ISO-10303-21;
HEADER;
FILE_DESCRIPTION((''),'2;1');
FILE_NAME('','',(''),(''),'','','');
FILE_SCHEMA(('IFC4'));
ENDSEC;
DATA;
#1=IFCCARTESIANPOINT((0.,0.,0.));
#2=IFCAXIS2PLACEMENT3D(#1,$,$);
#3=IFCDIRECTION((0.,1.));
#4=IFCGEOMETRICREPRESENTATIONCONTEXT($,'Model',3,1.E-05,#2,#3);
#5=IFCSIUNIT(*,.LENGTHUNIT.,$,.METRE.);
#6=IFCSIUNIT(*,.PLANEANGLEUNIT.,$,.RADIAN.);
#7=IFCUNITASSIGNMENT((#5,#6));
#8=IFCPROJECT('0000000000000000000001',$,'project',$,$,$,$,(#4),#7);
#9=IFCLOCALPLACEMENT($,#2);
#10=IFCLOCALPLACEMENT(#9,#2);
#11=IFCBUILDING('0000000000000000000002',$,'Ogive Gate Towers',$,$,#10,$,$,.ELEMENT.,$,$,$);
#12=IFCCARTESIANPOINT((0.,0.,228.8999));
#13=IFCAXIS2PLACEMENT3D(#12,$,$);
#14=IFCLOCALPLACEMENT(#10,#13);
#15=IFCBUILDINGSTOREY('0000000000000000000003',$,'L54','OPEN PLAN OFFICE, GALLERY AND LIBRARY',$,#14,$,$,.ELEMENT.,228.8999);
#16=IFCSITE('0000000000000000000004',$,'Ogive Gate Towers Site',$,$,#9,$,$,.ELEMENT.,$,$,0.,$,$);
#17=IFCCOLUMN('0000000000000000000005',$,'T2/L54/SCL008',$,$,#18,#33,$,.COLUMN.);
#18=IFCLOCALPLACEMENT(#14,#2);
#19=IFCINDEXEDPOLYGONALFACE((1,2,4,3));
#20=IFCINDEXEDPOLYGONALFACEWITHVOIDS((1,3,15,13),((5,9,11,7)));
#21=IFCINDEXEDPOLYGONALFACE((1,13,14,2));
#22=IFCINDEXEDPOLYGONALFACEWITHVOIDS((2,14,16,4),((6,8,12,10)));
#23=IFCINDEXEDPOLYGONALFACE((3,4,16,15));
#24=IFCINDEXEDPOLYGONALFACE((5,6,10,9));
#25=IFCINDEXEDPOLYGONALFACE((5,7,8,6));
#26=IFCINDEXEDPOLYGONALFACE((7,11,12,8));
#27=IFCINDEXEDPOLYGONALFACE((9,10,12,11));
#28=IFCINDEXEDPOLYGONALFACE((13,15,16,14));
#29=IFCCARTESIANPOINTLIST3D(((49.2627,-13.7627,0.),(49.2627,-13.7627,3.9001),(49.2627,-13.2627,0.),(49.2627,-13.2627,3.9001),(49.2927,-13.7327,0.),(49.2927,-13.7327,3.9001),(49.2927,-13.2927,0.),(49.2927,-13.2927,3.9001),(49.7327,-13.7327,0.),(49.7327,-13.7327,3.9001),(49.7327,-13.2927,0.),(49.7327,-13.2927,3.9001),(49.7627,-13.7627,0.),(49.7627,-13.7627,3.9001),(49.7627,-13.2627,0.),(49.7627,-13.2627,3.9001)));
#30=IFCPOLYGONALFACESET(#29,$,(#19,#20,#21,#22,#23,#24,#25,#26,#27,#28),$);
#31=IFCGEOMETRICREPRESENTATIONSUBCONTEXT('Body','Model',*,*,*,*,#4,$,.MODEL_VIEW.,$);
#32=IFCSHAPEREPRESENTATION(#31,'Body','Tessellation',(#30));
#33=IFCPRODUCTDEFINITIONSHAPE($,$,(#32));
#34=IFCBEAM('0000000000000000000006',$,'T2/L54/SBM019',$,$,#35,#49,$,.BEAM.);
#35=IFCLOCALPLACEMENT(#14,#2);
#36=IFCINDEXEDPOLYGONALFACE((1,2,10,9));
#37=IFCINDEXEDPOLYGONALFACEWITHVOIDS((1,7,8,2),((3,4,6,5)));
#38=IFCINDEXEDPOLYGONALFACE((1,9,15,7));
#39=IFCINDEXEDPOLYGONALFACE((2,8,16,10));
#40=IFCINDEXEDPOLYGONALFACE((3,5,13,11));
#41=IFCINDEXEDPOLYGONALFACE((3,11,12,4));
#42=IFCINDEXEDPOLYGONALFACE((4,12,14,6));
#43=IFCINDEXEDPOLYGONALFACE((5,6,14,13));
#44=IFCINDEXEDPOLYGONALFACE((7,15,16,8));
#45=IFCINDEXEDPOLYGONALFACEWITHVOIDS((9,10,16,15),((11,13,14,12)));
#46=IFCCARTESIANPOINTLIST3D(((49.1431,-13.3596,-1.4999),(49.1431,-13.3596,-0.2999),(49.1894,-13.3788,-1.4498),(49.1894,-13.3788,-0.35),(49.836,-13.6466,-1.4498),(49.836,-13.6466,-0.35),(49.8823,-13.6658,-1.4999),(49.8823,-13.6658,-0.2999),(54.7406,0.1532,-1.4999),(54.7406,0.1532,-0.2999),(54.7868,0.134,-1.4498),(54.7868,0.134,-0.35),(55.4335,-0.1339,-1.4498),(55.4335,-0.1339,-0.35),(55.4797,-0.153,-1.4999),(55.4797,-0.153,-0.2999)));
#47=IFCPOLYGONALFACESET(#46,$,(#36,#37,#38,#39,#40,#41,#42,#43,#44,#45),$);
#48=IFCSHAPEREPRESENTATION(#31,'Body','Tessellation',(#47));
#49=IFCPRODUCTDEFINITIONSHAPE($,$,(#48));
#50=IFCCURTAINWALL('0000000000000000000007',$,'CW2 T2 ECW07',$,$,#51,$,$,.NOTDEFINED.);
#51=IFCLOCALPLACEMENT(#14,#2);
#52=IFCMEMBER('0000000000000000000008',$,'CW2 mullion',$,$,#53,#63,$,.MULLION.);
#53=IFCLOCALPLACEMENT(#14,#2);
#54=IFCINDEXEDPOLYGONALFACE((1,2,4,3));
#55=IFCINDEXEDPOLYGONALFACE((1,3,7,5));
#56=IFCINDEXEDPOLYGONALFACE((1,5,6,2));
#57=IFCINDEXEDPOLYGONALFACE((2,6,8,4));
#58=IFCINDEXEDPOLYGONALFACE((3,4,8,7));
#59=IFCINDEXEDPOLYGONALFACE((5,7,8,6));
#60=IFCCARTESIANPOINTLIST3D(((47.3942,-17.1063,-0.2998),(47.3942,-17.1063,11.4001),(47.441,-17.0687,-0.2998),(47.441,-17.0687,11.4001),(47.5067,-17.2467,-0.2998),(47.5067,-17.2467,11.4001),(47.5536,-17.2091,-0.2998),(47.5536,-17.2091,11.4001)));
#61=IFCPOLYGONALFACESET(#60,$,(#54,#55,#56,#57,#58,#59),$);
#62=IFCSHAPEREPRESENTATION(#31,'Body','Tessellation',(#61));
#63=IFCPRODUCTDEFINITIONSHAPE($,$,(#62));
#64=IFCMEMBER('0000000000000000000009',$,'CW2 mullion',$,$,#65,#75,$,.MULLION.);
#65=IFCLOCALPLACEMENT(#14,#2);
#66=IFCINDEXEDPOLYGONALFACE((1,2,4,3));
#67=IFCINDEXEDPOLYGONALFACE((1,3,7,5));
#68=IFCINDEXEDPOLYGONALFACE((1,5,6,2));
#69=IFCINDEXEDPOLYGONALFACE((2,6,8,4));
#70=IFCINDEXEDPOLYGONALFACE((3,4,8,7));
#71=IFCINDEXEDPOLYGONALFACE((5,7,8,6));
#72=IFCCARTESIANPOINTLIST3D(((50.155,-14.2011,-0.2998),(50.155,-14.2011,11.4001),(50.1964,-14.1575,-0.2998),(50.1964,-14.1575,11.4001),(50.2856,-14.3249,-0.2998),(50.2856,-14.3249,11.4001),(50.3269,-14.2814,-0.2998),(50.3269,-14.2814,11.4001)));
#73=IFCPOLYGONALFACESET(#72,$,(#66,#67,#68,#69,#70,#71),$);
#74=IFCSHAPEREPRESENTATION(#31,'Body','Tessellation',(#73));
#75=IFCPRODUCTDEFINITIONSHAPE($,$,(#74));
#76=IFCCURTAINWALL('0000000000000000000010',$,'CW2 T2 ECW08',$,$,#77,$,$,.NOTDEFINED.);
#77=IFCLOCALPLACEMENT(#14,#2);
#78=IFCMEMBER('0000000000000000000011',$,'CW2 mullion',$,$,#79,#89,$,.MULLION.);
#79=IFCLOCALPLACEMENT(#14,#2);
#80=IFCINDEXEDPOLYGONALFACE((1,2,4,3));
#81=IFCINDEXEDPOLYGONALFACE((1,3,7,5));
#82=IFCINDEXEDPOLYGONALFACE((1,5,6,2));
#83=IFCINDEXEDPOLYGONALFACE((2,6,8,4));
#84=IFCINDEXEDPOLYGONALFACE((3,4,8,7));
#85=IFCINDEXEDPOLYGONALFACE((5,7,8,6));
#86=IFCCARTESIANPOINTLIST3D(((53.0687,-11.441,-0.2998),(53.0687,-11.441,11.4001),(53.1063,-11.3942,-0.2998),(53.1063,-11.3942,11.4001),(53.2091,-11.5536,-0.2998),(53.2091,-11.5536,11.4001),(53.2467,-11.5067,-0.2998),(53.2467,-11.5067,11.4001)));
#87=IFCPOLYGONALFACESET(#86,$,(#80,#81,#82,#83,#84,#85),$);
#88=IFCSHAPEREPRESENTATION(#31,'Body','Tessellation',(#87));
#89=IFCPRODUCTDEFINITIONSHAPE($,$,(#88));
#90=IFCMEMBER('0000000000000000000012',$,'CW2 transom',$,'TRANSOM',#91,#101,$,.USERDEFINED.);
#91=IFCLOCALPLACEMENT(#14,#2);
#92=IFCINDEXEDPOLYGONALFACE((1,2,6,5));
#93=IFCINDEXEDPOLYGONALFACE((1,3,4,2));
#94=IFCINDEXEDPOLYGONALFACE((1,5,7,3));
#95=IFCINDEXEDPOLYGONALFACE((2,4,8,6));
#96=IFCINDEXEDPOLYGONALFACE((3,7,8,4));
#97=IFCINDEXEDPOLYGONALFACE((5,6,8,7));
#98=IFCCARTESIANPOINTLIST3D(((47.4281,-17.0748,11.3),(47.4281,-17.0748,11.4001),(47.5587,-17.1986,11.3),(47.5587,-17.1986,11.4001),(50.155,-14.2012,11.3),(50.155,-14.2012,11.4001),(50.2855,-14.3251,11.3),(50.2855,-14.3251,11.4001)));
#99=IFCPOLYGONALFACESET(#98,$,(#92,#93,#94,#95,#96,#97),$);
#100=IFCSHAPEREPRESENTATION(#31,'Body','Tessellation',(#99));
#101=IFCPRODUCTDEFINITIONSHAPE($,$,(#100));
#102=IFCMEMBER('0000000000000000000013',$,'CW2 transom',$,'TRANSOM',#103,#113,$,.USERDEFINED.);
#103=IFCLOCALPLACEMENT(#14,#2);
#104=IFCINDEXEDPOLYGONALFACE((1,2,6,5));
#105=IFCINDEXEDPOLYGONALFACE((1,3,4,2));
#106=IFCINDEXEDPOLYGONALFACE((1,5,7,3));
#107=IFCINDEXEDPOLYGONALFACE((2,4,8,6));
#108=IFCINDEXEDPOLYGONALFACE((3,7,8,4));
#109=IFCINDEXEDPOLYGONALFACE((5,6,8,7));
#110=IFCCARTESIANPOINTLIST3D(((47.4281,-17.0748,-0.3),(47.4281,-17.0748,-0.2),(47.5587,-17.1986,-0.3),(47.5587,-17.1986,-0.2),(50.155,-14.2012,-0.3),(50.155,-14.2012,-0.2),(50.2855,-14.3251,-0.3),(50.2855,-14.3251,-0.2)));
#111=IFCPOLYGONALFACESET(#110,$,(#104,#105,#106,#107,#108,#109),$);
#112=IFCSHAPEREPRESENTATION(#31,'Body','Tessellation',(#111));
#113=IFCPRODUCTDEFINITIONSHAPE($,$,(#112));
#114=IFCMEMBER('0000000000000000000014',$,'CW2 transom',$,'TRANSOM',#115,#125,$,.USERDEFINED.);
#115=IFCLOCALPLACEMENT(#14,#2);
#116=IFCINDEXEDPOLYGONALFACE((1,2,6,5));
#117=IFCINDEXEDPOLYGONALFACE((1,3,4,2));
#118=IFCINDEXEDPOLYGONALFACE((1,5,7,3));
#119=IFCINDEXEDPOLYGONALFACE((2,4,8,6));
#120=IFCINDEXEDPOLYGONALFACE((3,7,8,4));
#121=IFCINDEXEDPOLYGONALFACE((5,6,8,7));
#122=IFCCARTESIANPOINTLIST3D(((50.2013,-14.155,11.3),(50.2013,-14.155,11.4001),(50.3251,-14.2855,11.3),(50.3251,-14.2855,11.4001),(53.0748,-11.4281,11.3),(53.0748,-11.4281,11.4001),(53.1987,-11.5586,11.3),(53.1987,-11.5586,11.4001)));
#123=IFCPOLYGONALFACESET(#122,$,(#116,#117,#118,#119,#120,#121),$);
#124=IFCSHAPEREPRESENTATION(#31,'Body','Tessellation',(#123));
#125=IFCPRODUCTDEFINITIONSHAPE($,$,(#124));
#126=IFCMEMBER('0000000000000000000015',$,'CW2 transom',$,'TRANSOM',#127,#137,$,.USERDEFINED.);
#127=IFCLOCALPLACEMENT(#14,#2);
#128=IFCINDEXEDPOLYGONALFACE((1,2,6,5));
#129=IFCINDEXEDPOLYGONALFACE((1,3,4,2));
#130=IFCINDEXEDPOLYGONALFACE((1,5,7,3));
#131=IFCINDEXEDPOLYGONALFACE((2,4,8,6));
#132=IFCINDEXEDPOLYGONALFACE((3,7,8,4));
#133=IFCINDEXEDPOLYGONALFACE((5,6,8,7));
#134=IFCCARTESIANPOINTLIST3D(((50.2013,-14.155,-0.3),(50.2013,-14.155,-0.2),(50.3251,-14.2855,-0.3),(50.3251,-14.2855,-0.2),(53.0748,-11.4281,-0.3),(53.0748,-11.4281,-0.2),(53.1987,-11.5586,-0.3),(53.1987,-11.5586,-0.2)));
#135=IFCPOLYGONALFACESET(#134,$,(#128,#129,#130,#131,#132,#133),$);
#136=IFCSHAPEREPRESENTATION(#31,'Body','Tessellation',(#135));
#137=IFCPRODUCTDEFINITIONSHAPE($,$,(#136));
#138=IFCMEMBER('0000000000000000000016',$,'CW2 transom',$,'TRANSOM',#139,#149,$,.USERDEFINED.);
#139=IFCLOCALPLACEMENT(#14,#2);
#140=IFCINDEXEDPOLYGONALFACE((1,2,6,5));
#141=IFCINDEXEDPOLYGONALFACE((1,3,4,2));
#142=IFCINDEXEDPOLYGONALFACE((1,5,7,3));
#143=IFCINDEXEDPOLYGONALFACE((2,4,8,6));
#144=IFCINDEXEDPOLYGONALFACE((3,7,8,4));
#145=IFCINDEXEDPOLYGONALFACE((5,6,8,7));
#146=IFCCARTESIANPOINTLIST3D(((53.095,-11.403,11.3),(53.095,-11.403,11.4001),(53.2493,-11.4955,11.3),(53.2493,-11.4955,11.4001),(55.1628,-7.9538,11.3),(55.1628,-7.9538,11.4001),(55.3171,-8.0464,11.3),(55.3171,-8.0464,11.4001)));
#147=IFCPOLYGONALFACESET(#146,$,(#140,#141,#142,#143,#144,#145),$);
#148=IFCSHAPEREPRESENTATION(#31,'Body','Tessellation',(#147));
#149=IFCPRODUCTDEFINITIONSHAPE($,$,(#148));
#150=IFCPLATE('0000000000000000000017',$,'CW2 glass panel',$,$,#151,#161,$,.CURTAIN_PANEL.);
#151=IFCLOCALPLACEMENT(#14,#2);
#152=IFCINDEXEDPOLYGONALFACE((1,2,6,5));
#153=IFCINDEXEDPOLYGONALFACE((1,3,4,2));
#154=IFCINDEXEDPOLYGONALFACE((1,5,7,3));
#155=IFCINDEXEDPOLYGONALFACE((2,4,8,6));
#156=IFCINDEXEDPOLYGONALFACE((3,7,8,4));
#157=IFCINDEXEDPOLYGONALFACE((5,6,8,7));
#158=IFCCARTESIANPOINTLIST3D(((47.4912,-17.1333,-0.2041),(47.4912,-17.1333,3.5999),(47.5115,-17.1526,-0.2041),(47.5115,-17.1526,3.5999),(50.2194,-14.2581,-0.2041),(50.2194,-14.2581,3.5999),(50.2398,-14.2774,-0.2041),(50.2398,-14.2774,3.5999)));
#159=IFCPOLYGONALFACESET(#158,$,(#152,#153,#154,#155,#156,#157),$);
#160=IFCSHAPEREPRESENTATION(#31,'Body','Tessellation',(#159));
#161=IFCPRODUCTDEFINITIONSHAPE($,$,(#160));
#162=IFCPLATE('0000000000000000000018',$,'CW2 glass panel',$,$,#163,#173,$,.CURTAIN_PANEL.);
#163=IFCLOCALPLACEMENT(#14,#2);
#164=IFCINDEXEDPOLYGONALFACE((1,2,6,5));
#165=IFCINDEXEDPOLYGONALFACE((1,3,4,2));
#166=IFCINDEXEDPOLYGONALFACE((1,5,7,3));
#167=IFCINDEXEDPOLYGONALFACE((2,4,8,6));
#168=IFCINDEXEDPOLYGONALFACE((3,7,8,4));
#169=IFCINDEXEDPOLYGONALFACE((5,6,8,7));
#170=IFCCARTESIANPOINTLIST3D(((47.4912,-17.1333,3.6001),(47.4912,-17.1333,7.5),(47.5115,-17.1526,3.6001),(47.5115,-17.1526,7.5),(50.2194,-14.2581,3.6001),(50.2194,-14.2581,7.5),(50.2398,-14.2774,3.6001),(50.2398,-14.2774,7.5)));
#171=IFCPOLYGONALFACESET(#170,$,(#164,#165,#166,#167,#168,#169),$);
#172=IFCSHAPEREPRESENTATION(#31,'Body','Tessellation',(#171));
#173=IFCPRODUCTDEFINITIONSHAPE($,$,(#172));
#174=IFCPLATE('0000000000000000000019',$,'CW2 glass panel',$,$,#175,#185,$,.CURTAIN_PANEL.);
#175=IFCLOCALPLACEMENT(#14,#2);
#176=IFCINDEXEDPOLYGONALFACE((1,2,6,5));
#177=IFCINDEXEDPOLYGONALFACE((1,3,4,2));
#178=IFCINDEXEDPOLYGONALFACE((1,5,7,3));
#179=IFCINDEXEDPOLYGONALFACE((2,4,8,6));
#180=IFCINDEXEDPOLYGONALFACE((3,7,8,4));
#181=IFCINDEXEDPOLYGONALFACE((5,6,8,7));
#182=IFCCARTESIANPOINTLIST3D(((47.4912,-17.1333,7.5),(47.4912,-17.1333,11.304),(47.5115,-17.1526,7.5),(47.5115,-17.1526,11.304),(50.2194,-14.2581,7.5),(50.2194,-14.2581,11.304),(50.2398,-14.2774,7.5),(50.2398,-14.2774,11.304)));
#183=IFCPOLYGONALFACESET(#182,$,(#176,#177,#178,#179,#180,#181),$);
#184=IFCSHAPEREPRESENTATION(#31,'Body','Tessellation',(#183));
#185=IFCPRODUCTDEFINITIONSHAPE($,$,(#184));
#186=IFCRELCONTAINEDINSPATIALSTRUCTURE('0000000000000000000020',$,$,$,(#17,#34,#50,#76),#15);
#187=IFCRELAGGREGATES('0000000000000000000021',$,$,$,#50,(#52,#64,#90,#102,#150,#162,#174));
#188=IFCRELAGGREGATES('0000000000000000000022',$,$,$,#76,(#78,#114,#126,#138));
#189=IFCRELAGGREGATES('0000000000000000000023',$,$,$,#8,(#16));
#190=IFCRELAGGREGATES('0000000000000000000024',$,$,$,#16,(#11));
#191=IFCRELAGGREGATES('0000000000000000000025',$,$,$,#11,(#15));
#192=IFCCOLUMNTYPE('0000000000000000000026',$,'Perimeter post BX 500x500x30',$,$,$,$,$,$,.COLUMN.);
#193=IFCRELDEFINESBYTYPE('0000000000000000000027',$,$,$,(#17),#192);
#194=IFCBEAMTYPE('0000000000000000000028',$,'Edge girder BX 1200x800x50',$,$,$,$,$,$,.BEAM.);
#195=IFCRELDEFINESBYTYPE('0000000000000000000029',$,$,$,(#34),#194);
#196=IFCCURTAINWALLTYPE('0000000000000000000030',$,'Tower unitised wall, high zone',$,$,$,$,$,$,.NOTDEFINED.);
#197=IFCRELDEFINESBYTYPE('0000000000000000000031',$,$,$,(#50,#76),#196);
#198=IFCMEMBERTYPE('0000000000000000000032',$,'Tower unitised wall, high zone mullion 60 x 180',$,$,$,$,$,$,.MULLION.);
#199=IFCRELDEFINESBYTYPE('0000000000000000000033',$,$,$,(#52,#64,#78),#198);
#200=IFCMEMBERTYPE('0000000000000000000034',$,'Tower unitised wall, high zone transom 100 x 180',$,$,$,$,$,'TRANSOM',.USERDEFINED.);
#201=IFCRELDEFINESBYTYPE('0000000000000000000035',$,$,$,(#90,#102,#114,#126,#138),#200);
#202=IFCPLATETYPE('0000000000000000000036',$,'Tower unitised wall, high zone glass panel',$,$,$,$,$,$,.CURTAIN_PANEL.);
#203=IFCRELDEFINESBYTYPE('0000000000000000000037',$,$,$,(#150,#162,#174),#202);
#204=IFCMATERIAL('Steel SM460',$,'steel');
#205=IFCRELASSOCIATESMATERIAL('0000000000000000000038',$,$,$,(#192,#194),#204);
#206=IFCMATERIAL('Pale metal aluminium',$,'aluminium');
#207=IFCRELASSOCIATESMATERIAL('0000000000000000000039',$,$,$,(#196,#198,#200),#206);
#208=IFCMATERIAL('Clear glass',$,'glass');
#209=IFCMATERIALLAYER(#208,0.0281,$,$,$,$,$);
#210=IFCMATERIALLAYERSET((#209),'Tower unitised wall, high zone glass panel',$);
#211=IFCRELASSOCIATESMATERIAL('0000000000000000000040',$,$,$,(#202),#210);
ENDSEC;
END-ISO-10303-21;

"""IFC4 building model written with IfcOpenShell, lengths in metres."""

from ifc_helpers import new_model, si_unit, direction, frame, origin, origin_2d, place, context, subcontext, project, spatial, rectangle, hollow_rectangle, extrude, material, layer, layer_set, material_profile, profile_set, type_object, element, aggregate, save


model = new_model("IFC4")

# Units and contexts
model_context = context("Model", 3, precision=1e-05, world=origin(), true_north=direction((0.0, 1.0)))
body_context = subcontext(model_context, "Body", "Model", "MODEL_VIEW")
ifc_project = project(units=[si_unit("LENGTHUNIT", "METRE"), si_unit("PLANEANGLEUNIT", "RADIAN")], contexts=[model_context])

# Site, building, storey
site_placement = place(None, origin())
site = spatial("IfcSite", under=ifc_project, at=site_placement, Name="Ogive Gate Towers Site", CompositionType="ELEMENT", RefElevation=0.0)
building_placement = place(site_placement, origin())
building = spatial("IfcBuilding", under=site, at=building_placement, Name="Ogive Gate Towers", CompositionType="ELEMENT")
storey_placement = place(building_placement, frame((0.0, 0.0, 228.8999)))
storey = spatial("IfcBuildingStorey", under=building, at=storey_placement, Name="L54", Description="OPEN PLAN OFFICE, GALLERY AND LIBRARY", CompositionType="ELEMENT", Elevation=228.8999)

# Column
ifc_material_1 = material(Name="Steel SM460", Category="steel")
ifc_material_profile_1 = material_profile(ifc_material_1, hollow_rectangle(XDim=0.5, YDim=0.5, WallThickness=0.03, at=origin_2d()), Name="BX 500x500x30")
ifc_profile_set_1 = profile_set([ifc_material_profile_1], Name="Steel SM460")
column_type = type_object("IfcColumnType", Name="Perimeter post BX 500x500x30", PredefinedType="COLUMN", material=ifc_profile_set_1)
column_placement = place(storey_placement, frame((49.5127, -13.5127, 0.0), z_axis=(0.0, 0.0, 1.0), x_axis=(1.0, 0.0, 0.0)))
element("IfcColumn", 1, at=column_placement, inside=storey, type_object=column_type, Name="T2/L54/SCL008", PredefinedType="COLUMN", context=body_context, shape_type="SweptSolid", body=[
    extrude(hollow_rectangle(XDim=0.5, YDim=0.5, WallThickness=0.03, at=origin_2d()), origin(), (0.0, 0.0, 1.0), 3.9001),
])

# Beam
ifc_material_profile_2 = material_profile(ifc_material_1, hollow_rectangle(XDim=0.8, YDim=1.2, WallThickness=0.05, at=origin_2d()), Name="BX 1200x800x50")
ifc_profile_set_2 = profile_set([ifc_material_profile_2], Name="Steel SM460")
beam_type = type_object("IfcBeamType", Name="Edge girder BX 1200x800x50", PredefinedType="BEAM", material=ifc_profile_set_2)
beam_placement = place(storey_placement, frame((49.5127, -13.5127, -0.8999), z_axis=(0.382699, 0.923873, 0.0), x_axis=(-0.923873, 0.382699, 0.0)))
element("IfcBeam", 2, at=beam_placement, inside=storey, type_object=beam_type, Name="T2/L54/SBM019", PredefinedType="BEAM", context=body_context, shape_type="SweptSolid", body=[
    extrude(hollow_rectangle(XDim=0.8, YDim=1.2, WallThickness=0.05, at=origin_2d()), origin(), (0.0, 0.0, 1.0), 14.6262),
])

# Curtain wall, members
ifc_material_2 = material(Name="Pale metal aluminium", Category="aluminium")
curtain_wall_type = type_object("IfcCurtainWallType", Name="Tower unitised wall, high zone", PredefinedType="NOTDEFINED", material=ifc_material_2)
curtain_wall_1_placement = place(storey_placement, origin())
curtain_wall_1 = element("IfcCurtainWall", 3, at=curtain_wall_1_placement, inside=storey, type_object=curtain_wall_type, Name="CW2 T2 ECW07", PredefinedType="NOTDEFINED")
ifc_material_profile_3 = material_profile(ifc_material_2, rectangle(XDim=0.1799, YDim=0.0601, at=origin_2d()), Name="60 x 180 aluminium box")
ifc_profile_set_3 = profile_set([ifc_material_profile_3], Name="Pale metal aluminium")
member_type_1 = type_object("IfcMemberType", Name="Tower unitised wall, high zone mullion 60 x 180", PredefinedType="MULLION", material=ifc_profile_set_3)
member_1_placement = place(storey_placement, frame((47.4739, -17.1577, -0.2998), z_axis=(0.0, 0.0, 1.0), x_axis=(0.625529, -0.780201, 0.0)))
member_1 = element("IfcMember", 4, at=member_1_placement, type_object=member_type_1, Name="CW2 mullion", PredefinedType="MULLION", context=body_context, shape_type="SweptSolid", body=[
    extrude(rectangle(XDim=0.1799, YDim=0.0601, at=origin_2d()), origin(), (0.0, 0.0, 1.0), 11.7),
])
member_2_placement = place(storey_placement, frame((50.241, -14.2412, -0.2998), z_axis=(0.0, 0.0, 1.0), x_axis=(0.725398, -0.688329, 0.0)))
member_2 = element("IfcMember", 5, at=member_2_placement, type_object=member_type_1, Name="CW2 mullion", PredefinedType="MULLION", context=body_context, shape_type="SweptSolid", body=[
    extrude(rectangle(XDim=0.1799, YDim=0.0601, at=origin_2d()), origin(), (0.0, 0.0, 1.0), 11.7),
])

# Curtain wall, member
curtain_wall_2_placement = place(storey_placement, origin())
curtain_wall_2 = element("IfcCurtainWall", 6, at=curtain_wall_2_placement, inside=storey, type_object=curtain_wall_type, Name="CW2 T2 ECW08", PredefinedType="NOTDEFINED")
member_3_placement = place(storey_placement, frame((53.1577, -11.4739, -0.2998), z_axis=(0.0, 0.0, 1.0), x_axis=(0.780201, -0.625529, 0.0)))
member_3 = element("IfcMember", 7, at=member_3_placement, type_object=member_type_1, Name="CW2 mullion", PredefinedType="MULLION", context=body_context, shape_type="SweptSolid", body=[
    extrude(rectangle(XDim=0.1799, YDim=0.0601, at=origin_2d()), origin(), (0.0, 0.0, 1.0), 11.7),
])

# Members
ifc_material_profile_4 = material_profile(ifc_material_2, rectangle(XDim=0.1799, YDim=0.1001, at=origin_2d()), Name="100 x 180 aluminium box")
ifc_profile_set_4 = profile_set([ifc_material_profile_4], Name="Pale metal aluminium")
member_type_2 = type_object("IfcMemberType", Name="Tower unitised wall, high zone transom 100 x 180", ElementType="TRANSOM", PredefinedType="USERDEFINED", material=ifc_profile_set_4)
member_4_placement = place(storey_placement, frame((47.4934, -17.1367, 11.3501), z_axis=(0.688344, 0.725384, 0.0), x_axis=(-0.725384, 0.688344, 0.0)))
member_4 = element("IfcMember", 8, at=member_4_placement, type_object=member_type_2, Name="CW2 transom", ObjectType="TRANSOM", PredefinedType="USERDEFINED", context=body_context, shape_type="SweptSolid", body=[
    extrude(rectangle(XDim=0.1799, YDim=0.1001, at=origin_2d()), origin(), (0.0, 0.0, 1.0), 3.9614),
])
member_5_placement = place(storey_placement, frame((47.4934, -17.1367, -0.25), z_axis=(0.688344, 0.725384, 0.0), x_axis=(-0.725384, 0.688344, 0.0)))
member_5 = element("IfcMember", 9, at=member_5_placement, type_object=member_type_2, Name="CW2 transom", ObjectType="TRANSOM", PredefinedType="USERDEFINED", context=body_context, shape_type="SweptSolid", body=[
    extrude(rectangle(XDim=0.1799, YDim=0.1001, at=origin_2d()), origin(), (0.0, 0.0, 1.0), 3.9614),
])
member_6_placement = place(storey_placement, frame((50.2632, -14.2202, 11.3501), z_axis=(0.725384, 0.688344, 0.0), x_axis=(-0.688344, 0.725384, 0.0)))
member_6 = element("IfcMember", 10, at=member_6_placement, type_object=member_type_2, Name="CW2 transom", ObjectType="TRANSOM", PredefinedType="USERDEFINED", context=body_context, shape_type="SweptSolid", body=[
    extrude(rectangle(XDim=0.1799, YDim=0.1001, at=origin_2d()), origin(), (0.0, 0.0, 1.0), 3.9614),
])
member_7_placement = place(storey_placement, frame((50.2632, -14.2202, -0.25), z_axis=(0.725384, 0.688344, 0.0), x_axis=(-0.688344, 0.725384, 0.0)))
member_7 = element("IfcMember", 11, at=member_7_placement, type_object=member_type_2, Name="CW2 transom", ObjectType="TRANSOM", PredefinedType="USERDEFINED", context=body_context, shape_type="SweptSolid", body=[
    extrude(rectangle(XDim=0.1799, YDim=0.1001, at=origin_2d()), origin(), (0.0, 0.0, 1.0), 3.9614),
])
member_8_placement = place(storey_placement, frame((53.1721, -11.4492, 11.3501), z_axis=(0.514192, 0.857675, 0.0), x_axis=(-0.857675, 0.514192, 0.0)))
member_8 = element("IfcMember", 12, at=member_8_placement, type_object=member_type_2, Name="CW2 transom", ObjectType="TRANSOM", PredefinedType="USERDEFINED", context=body_context, shape_type="SweptSolid", body=[
    extrude(rectangle(XDim=0.1799, YDim=0.1001, at=origin_2d()), origin(), (0.0, 0.0, 1.0), 4.0215),
])

# Plates
ifc_material_3 = material(Name="Clear glass", Category="glass")
ifc_layer = layer(ifc_material_3, 0.0281)
ifc_layer_set = layer_set([ifc_layer], Name="Tower unitised wall, high zone glass panel")
plate_type = type_object("IfcPlateType", Name="Tower unitised wall, high zone glass panel", PredefinedType="CURTAIN_PANEL", material=ifc_layer_set)
plate_1_placement = place(storey_placement, frame((48.8655, -15.7053, -0.2041), z_axis=(0.0, 0.0, 1.0), x_axis=(0.688329, 0.725398, 0.0)))
plate_1 = element("IfcPlate", 13, at=plate_1_placement, type_object=plate_type, Name="CW2 glass panel", PredefinedType="CURTAIN_PANEL", context=body_context, shape_type="SweptSolid", body=[
    extrude(rectangle(XDim=3.9636, YDim=0.0281, at=origin_2d()), origin(), (0.0, 0.0, 1.0), 3.804),
])
plate_2_placement = place(storey_placement, frame((48.8655, -15.7053, 3.6001), z_axis=(0.0, 0.0, 1.0), x_axis=(0.688329, 0.725398, 0.0)))
plate_2 = element("IfcPlate", 14, at=plate_2_placement, type_object=plate_type, Name="CW2 glass panel", PredefinedType="CURTAIN_PANEL", context=body_context, shape_type="SweptSolid", body=[
    extrude(rectangle(XDim=3.9636, YDim=0.0281, at=origin_2d()), origin(), (0.0, 0.0, 1.0), 3.8999),
])
plate_3_placement = place(storey_placement, frame((48.8655, -15.7053, 7.5), z_axis=(0.0, 0.0, 1.0), x_axis=(0.688329, 0.725398, 0.0)))
plate_3 = element("IfcPlate", 15, at=plate_3_placement, type_object=plate_type, Name="CW2 glass panel", PredefinedType="CURTAIN_PANEL", context=body_context, shape_type="SweptSolid", body=[
    extrude(rectangle(XDim=3.9636, YDim=0.0281, at=origin_2d()), origin(), (0.0, 0.0, 1.0), 3.804),
])
aggregate(curtain_wall_1, [member_1, member_2, member_4, member_5, plate_1, plate_2, plate_3])
aggregate(curtain_wall_2, [member_3, member_6, member_7, member_8])

save(model, "model.ifc")
